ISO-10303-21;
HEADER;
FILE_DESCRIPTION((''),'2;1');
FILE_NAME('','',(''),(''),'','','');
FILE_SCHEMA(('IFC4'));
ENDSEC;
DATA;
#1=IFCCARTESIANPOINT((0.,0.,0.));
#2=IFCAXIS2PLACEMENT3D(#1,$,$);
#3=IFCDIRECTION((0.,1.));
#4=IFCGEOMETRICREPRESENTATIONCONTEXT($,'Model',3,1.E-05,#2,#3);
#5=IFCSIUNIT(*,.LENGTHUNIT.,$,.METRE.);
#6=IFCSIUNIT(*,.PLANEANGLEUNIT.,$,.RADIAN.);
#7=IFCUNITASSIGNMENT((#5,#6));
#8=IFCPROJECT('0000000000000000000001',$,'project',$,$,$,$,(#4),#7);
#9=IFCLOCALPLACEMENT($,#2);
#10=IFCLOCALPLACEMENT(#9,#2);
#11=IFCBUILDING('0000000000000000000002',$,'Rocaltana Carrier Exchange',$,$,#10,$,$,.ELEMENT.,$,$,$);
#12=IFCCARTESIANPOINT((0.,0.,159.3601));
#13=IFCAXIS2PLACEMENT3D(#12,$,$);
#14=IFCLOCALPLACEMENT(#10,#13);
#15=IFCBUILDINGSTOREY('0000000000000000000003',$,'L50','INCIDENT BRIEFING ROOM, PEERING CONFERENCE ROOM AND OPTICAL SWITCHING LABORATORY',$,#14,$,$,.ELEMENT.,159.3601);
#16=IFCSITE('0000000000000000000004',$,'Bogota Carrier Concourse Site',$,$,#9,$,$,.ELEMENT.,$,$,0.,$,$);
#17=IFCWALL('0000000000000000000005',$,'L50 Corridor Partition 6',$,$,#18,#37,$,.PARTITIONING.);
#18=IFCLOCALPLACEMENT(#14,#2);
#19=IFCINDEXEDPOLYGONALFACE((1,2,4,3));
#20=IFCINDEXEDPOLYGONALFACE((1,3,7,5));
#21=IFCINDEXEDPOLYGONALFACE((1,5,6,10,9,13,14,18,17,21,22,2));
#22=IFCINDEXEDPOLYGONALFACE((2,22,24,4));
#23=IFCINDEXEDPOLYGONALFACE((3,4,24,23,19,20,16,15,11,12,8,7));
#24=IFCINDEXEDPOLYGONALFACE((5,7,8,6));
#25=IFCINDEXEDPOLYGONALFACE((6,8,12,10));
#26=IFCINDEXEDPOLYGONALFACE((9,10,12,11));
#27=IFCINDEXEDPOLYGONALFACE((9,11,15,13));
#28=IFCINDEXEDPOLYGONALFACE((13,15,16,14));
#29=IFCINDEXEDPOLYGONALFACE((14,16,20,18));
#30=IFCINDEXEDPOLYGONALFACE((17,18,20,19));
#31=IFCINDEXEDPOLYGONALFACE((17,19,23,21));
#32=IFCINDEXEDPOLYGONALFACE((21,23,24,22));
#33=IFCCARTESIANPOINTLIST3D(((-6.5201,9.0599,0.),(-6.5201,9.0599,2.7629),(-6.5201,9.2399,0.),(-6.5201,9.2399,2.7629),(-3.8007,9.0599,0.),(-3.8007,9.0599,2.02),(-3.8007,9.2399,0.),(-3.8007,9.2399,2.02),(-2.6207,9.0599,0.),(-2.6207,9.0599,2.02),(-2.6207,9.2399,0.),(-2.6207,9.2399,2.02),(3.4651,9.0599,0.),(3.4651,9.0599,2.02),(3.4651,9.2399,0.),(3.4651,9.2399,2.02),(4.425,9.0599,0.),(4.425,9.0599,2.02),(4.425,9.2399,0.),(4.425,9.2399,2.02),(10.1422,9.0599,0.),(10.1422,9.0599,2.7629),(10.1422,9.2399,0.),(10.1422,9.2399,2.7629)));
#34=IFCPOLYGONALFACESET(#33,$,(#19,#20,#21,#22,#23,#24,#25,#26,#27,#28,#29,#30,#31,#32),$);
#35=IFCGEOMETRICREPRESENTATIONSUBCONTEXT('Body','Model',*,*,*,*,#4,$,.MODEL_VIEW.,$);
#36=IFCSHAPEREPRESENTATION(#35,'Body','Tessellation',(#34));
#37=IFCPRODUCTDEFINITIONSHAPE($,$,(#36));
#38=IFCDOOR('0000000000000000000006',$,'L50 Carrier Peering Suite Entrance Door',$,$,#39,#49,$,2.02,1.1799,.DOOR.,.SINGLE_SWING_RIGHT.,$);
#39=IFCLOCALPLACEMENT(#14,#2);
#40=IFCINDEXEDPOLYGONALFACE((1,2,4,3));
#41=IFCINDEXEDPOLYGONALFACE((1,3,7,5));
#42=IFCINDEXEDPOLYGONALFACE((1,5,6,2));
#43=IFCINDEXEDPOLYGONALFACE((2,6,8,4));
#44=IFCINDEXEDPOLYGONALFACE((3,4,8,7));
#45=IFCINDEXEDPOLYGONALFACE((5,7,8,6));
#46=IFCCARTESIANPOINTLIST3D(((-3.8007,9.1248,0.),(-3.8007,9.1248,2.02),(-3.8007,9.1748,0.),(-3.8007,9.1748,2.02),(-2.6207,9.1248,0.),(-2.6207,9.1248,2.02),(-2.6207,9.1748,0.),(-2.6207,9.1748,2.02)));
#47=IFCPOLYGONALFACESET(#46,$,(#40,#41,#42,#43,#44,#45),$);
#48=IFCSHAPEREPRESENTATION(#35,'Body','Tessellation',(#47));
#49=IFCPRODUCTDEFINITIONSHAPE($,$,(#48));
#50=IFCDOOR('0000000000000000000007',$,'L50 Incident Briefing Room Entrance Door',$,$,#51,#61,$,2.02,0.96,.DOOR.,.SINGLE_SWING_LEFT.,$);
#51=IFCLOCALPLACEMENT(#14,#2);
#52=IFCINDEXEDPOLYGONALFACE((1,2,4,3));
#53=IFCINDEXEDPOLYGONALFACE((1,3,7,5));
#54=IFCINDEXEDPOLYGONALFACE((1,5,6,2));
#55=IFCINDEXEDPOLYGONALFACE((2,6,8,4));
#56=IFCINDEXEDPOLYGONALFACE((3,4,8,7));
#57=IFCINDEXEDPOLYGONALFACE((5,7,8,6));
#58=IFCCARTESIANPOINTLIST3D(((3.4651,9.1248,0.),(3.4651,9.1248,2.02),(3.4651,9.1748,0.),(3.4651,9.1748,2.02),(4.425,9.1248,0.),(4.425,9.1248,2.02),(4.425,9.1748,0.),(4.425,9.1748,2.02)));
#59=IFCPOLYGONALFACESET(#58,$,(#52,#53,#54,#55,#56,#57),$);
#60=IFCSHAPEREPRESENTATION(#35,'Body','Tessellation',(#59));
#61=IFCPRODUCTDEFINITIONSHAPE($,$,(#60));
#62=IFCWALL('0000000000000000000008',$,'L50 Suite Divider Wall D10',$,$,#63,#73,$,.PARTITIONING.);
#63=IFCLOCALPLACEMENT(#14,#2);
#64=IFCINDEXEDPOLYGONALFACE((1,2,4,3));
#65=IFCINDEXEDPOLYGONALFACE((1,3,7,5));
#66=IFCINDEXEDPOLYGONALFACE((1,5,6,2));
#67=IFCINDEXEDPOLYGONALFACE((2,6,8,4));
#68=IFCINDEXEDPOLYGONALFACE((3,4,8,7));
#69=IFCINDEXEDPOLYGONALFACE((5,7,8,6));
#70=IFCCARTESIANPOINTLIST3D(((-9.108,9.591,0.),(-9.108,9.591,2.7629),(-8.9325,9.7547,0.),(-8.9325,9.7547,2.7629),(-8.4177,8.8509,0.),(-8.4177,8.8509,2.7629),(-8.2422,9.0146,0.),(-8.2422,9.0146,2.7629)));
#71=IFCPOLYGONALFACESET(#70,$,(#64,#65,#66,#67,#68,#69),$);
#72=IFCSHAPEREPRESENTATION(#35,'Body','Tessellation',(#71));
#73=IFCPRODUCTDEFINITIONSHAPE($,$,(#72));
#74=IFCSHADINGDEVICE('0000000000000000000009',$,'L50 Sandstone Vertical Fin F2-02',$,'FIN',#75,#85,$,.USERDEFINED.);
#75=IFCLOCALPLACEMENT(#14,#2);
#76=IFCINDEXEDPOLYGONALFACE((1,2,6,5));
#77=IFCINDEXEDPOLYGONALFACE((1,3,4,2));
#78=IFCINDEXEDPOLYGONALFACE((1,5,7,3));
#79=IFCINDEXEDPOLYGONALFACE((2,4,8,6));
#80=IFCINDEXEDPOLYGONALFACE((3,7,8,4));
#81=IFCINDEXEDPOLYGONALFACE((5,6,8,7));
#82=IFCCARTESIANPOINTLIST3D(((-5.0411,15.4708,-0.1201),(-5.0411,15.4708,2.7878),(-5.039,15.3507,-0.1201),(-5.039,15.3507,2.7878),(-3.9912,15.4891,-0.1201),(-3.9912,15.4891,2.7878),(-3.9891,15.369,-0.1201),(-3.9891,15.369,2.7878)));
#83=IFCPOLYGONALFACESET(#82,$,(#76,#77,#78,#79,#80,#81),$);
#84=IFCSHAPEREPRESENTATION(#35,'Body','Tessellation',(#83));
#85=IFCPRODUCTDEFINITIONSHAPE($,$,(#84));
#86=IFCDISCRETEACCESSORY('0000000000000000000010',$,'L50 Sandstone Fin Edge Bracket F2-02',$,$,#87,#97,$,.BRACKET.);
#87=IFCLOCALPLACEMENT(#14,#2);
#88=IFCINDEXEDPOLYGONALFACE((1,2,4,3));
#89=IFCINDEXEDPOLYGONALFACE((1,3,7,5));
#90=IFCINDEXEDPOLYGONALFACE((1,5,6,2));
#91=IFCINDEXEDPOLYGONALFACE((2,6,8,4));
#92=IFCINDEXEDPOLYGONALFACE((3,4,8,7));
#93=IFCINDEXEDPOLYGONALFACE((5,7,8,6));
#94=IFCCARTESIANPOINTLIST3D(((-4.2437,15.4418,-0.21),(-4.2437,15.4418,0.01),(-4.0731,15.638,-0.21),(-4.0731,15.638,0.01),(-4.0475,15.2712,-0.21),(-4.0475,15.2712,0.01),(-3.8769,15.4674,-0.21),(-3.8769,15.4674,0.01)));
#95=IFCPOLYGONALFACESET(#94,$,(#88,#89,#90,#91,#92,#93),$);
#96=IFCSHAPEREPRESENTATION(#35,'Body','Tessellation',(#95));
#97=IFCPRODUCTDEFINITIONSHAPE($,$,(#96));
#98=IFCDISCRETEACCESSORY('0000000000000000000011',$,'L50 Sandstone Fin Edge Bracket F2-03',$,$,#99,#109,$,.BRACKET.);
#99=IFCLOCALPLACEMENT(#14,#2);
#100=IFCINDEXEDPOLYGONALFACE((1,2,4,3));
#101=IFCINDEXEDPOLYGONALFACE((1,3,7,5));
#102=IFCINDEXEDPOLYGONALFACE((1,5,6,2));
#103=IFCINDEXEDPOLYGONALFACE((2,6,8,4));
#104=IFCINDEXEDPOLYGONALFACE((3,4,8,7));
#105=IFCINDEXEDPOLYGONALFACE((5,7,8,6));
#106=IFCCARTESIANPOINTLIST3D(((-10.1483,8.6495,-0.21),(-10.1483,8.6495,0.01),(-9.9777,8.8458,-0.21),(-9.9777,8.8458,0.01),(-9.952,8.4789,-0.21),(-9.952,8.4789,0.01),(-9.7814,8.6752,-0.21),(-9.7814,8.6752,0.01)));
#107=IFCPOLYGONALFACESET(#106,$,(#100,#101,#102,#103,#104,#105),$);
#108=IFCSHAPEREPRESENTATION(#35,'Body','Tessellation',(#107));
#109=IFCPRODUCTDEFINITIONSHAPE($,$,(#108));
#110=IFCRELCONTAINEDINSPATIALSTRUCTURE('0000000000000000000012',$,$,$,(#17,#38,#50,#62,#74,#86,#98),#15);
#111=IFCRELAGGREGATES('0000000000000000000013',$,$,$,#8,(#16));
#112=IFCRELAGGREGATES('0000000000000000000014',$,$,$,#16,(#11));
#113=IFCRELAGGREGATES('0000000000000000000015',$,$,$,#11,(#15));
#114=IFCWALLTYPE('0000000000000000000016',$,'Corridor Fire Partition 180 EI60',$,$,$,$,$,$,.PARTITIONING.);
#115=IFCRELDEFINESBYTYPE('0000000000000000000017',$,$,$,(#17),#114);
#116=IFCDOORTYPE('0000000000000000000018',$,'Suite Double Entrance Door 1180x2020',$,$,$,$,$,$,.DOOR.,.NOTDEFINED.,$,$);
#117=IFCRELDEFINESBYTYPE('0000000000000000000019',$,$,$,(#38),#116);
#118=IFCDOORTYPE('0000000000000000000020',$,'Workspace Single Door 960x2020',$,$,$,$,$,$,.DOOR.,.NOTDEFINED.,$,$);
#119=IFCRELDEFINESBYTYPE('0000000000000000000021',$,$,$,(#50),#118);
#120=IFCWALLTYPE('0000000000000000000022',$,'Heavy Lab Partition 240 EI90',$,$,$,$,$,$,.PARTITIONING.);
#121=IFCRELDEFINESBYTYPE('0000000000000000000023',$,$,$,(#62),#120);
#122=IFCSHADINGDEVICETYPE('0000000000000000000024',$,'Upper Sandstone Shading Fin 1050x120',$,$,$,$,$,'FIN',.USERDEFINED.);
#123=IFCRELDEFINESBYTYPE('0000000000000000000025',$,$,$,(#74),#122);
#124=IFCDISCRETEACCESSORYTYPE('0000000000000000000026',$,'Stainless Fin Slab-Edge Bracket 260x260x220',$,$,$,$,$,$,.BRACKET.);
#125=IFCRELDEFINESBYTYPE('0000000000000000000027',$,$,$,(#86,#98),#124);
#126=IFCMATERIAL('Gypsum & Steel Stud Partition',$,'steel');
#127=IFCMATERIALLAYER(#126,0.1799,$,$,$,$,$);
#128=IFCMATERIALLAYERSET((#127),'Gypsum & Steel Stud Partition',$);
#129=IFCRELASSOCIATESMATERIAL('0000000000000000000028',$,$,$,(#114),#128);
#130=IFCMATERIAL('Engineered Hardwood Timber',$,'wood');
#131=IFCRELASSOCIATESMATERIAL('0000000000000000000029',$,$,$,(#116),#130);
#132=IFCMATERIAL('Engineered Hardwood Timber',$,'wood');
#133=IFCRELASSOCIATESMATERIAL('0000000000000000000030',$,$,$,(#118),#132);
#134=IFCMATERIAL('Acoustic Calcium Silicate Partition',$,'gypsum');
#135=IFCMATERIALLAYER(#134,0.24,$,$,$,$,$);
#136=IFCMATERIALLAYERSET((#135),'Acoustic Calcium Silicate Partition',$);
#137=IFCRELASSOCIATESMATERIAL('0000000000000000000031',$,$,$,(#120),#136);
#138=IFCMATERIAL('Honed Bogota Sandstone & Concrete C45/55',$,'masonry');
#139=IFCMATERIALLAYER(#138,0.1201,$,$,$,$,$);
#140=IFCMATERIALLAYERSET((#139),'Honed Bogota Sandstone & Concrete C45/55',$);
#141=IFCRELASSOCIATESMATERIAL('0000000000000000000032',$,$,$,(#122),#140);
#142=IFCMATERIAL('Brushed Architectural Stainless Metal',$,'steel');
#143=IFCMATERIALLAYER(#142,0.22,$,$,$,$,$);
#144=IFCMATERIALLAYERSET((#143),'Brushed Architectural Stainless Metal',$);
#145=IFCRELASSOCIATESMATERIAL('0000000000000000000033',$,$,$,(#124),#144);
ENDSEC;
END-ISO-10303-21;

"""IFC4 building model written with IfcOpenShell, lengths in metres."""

from ifc_helpers import new_model, si_unit, direction, frame, frame_2d, origin, origin_2d, place, context, subcontext, project, spatial, rectangle, extrude, material, layer, layer_set, type_object, element, fill, save


model = new_model("IFC4")

# Units and contexts
model_context = context("Model", 3, precision=1e-05, world=origin(), true_north=direction((0.0, 1.0)))
body_context = subcontext(model_context, "Body", "Model", "MODEL_VIEW")
ifc_project = project(units=[si_unit("LENGTHUNIT", "METRE"), si_unit("PLANEANGLEUNIT", "RADIAN")], contexts=[model_context])

# Site, building, storey
site_placement = place(None, origin())
site = spatial("IfcSite", under=ifc_project, at=site_placement, Name="Bogota Carrier Concourse Site", CompositionType="ELEMENT", RefElevation=0.0)
building_placement = place(site_placement, origin())
building = spatial("IfcBuilding", under=site, at=building_placement, Name="Rocaltana Carrier Exchange", CompositionType="ELEMENT")
storey_placement = place(building_placement, frame((0.0, 0.0, 159.3601)))
storey = spatial("IfcBuildingStorey", under=building, at=storey_placement, Name="L50", Description="INCIDENT BRIEFING ROOM, PEERING CONFERENCE ROOM AND OPTICAL SWITCHING LABORATORY", CompositionType="ELEMENT", Elevation=159.3601)

# Shared definitions
ifc_material_1 = material(Name="Gypsum & Steel Stud Partition", Category="steel")
ifc_layer_1 = layer(ifc_material_1, 0.1799)
ifc_layer_set_1 = layer_set([ifc_layer_1], Name="Gypsum & Steel Stud Partition")
wall_type_1 = type_object("IfcWallType", Name="Corridor Fire Partition 180 EI60", PredefinedType="PARTITIONING", material=ifc_layer_set_1)

# Wall, openings, doors
wall_1_placement = place(storey_placement, frame((-6.52, 9.1499, 0.0), z_axis=(0.0, 0.0, 1.0), x_axis=(1.0, 0.0, 0.0)))
wall_1 = element("IfcWall", 1, at=wall_1_placement, inside=storey, type_object=wall_type_1, Name="L50 Corridor Partition 6", PredefinedType="PARTITIONING", context=body_context, shape_type="SweptSolid", body=[
    extrude(rectangle(XDim=16.6624, YDim=0.1799, at=frame_2d((8.3311, 0.0))), origin(), (0.0, 0.0, 1.0), 2.7629),
])
opening_1_placement = place(wall_1_placement, frame((9.9851, 0.0, 0.0)))
opening_1 = element("IfcOpeningElement", 2, at=opening_1_placement, cuts=wall_1, PredefinedType="OPENING", context=body_context, shape_type="SweptSolid", body=[
    extrude(rectangle(XDim=0.96, YDim=2.02, at=frame_2d((0.48, 1.01))), frame((0.0, 0.0999, 0.0), z_axis=(0.0, -1.0, 0.0), x_axis=(1.0, 0.0, 0.0)), (0.0, 0.0, 1.0), 0.2),
])
opening_2_placement = place(wall_1_placement, frame((2.7195, 0.0, 0.0)))
opening_2 = element("IfcOpeningElement", 3, at=opening_2_placement, cuts=wall_1, PredefinedType="OPENING", context=body_context, shape_type="SweptSolid", body=[
    extrude(rectangle(XDim=1.1799, YDim=2.02, at=frame_2d((0.5898, 1.01))), frame((0.0, 0.0999, 0.0), z_axis=(0.0, -1.0, 0.0), x_axis=(1.0, 0.0, 0.0)), (0.0, 0.0, 1.0), 0.2),
])
ifc_material_2 = material(Name="Engineered Hardwood Timber", Category="wood")
door_type_1 = type_object("IfcDoorType", Name="Suite Double Entrance Door 1180x2020", OperationType="NOTDEFINED", PredefinedType="DOOR", material=ifc_material_2)
door_1_placement = place(opening_2_placement, origin())
door_1 = element("IfcDoor", 4, at=door_1_placement, inside=storey, type_object=door_type_1, Name="L50 Carrier Peering Suite Entrance Door", OperationType="SINGLE_SWING_RIGHT", OverallHeight=2.02, OverallWidth=1.1799, PredefinedType="DOOR", context=body_context, shape_type="SweptSolid", body=[
    extrude(rectangle(XDim=1.1799, YDim=2.02, at=frame_2d((0.5898, 1.01))), frame((0.0, 0.0249, 0.0), z_axis=(0.0, -1.0, 0.0), x_axis=(1.0, 0.0, 0.0)), (0.0, 0.0, 1.0), 0.05),
])
fill(opening_2, door_1)
ifc_material_3 = material(Name="Engineered Hardwood Timber", Category="wood")
door_type_2 = type_object("IfcDoorType", Name="Workspace Single Door 960x2020", OperationType="NOTDEFINED", PredefinedType="DOOR", material=ifc_material_3)
door_2_placement = place(opening_1_placement, origin())
door_2 = element("IfcDoor", 5, at=door_2_placement, inside=storey, type_object=door_type_2, Name="L50 Incident Briefing Room Entrance Door", OperationType="SINGLE_SWING_LEFT", OverallHeight=2.02, OverallWidth=0.96, PredefinedType="DOOR", context=body_context, shape_type="SweptSolid", body=[
    extrude(rectangle(XDim=0.96, YDim=2.02, at=frame_2d((0.48, 1.01))), frame((0.0, 0.0249, 0.0), z_axis=(0.0, -1.0, 0.0), x_axis=(1.0, 0.0, 0.0)), (0.0, 0.0, 1.0), 0.05),
])
fill(opening_1, door_2)

# Wall
ifc_material_4 = material(Name="Acoustic Calcium Silicate Partition", Category="gypsum")
ifc_layer_2 = layer(ifc_material_4, 0.24)
ifc_layer_set_2 = layer_set([ifc_layer_2], Name="Acoustic Calcium Silicate Partition")
wall_type_2 = type_object("IfcWallType", Name="Heavy Lab Partition 240 EI90", PredefinedType="PARTITIONING", material=ifc_layer_set_2)
wall_2_placement = place(storey_placement, frame((-8.3301, 8.9329, 0.0), z_axis=(0.0, 0.0, 1.0), x_axis=(-0.682069, 0.731288, 0.0)))
element("IfcWall", 6, at=wall_2_placement, inside=storey, type_object=wall_type_2, Name="L50 Suite Divider Wall D10", PredefinedType="PARTITIONING", context=body_context, shape_type="SweptSolid", body=[
    extrude(rectangle(XDim=1.012, YDim=0.24, at=frame_2d((0.5059, 0.0))), origin(), (0.0, 0.0, 1.0), 2.7629),
])

# Shading device
ifc_material_5 = material(Name="Honed Bogota Sandstone & Concrete C45/55", Category="masonry")
ifc_layer_3 = layer(ifc_material_5, 0.1201)
ifc_layer_set_3 = layer_set([ifc_layer_3], Name="Honed Bogota Sandstone & Concrete C45/55")
shading_device_type = type_object("IfcShadingDeviceType", Name="Upper Sandstone Shading Fin 1050x120", ElementType="FIN", PredefinedType="USERDEFINED", material=ifc_layer_set_3)
shading_device_placement = place(storey_placement, frame((-4.5151, 15.4199, -0.1201), z_axis=(0.0, 0.0, 1.0), x_axis=(-0.999848, -0.017452, 0.0)))
element("IfcShadingDevice", 7, at=shading_device_placement, inside=storey, type_object=shading_device_type, Name="L50 Sandstone Vertical Fin F2-02", ObjectType="FIN", PredefinedType="USERDEFINED", context=body_context, shape_type="SweptSolid", body=[
    extrude(rectangle(XDim=1.05, YDim=0.1201, at=origin_2d()), origin(), (0.0, 0.0, 1.0), 2.908),
])

# Discrete accessories
ifc_material_6 = material(Name="Brushed Architectural Stainless Metal", Category="steel")
ifc_layer_4 = layer(ifc_material_6, 0.22)
ifc_layer_set_4 = layer_set([ifc_layer_4], Name="Brushed Architectural Stainless Metal")
discrete_accessory_type = type_object("IfcDiscreteAccessoryType", Name="Stainless Fin Slab-Edge Bracket 260x260x220", PredefinedType="BRACKET", material=ifc_layer_set_4)
for number, where, z_axis, x_axis, name in (
    (8, (-4.0603, 15.4546, -0.21), (0.0, 0.0, 1.0), (-0.656059, -0.75471, 0.0), "L50 Sandstone Fin Edge Bracket F2-02"),
    (9, (-9.9648, 8.6624, -0.21), (0.0, 0.0, 1.0), (-0.656059, -0.75471, 0.0), "L50 Sandstone Fin Edge Bracket F2-03"),
):
    element("IfcDiscreteAccessory", number, at=place(storey_placement, frame(where, z_axis=z_axis, x_axis=x_axis)), inside=storey, type_object=discrete_accessory_type, Name=name, PredefinedType="BRACKET", context=body_context, shape_type="SweptSolid", body=[
        extrude(rectangle(XDim=0.26, YDim=0.26, at=origin_2d()), origin(), (0.0, 0.0, 1.0), 0.22),
    ])

save(model, "model.ifc")
